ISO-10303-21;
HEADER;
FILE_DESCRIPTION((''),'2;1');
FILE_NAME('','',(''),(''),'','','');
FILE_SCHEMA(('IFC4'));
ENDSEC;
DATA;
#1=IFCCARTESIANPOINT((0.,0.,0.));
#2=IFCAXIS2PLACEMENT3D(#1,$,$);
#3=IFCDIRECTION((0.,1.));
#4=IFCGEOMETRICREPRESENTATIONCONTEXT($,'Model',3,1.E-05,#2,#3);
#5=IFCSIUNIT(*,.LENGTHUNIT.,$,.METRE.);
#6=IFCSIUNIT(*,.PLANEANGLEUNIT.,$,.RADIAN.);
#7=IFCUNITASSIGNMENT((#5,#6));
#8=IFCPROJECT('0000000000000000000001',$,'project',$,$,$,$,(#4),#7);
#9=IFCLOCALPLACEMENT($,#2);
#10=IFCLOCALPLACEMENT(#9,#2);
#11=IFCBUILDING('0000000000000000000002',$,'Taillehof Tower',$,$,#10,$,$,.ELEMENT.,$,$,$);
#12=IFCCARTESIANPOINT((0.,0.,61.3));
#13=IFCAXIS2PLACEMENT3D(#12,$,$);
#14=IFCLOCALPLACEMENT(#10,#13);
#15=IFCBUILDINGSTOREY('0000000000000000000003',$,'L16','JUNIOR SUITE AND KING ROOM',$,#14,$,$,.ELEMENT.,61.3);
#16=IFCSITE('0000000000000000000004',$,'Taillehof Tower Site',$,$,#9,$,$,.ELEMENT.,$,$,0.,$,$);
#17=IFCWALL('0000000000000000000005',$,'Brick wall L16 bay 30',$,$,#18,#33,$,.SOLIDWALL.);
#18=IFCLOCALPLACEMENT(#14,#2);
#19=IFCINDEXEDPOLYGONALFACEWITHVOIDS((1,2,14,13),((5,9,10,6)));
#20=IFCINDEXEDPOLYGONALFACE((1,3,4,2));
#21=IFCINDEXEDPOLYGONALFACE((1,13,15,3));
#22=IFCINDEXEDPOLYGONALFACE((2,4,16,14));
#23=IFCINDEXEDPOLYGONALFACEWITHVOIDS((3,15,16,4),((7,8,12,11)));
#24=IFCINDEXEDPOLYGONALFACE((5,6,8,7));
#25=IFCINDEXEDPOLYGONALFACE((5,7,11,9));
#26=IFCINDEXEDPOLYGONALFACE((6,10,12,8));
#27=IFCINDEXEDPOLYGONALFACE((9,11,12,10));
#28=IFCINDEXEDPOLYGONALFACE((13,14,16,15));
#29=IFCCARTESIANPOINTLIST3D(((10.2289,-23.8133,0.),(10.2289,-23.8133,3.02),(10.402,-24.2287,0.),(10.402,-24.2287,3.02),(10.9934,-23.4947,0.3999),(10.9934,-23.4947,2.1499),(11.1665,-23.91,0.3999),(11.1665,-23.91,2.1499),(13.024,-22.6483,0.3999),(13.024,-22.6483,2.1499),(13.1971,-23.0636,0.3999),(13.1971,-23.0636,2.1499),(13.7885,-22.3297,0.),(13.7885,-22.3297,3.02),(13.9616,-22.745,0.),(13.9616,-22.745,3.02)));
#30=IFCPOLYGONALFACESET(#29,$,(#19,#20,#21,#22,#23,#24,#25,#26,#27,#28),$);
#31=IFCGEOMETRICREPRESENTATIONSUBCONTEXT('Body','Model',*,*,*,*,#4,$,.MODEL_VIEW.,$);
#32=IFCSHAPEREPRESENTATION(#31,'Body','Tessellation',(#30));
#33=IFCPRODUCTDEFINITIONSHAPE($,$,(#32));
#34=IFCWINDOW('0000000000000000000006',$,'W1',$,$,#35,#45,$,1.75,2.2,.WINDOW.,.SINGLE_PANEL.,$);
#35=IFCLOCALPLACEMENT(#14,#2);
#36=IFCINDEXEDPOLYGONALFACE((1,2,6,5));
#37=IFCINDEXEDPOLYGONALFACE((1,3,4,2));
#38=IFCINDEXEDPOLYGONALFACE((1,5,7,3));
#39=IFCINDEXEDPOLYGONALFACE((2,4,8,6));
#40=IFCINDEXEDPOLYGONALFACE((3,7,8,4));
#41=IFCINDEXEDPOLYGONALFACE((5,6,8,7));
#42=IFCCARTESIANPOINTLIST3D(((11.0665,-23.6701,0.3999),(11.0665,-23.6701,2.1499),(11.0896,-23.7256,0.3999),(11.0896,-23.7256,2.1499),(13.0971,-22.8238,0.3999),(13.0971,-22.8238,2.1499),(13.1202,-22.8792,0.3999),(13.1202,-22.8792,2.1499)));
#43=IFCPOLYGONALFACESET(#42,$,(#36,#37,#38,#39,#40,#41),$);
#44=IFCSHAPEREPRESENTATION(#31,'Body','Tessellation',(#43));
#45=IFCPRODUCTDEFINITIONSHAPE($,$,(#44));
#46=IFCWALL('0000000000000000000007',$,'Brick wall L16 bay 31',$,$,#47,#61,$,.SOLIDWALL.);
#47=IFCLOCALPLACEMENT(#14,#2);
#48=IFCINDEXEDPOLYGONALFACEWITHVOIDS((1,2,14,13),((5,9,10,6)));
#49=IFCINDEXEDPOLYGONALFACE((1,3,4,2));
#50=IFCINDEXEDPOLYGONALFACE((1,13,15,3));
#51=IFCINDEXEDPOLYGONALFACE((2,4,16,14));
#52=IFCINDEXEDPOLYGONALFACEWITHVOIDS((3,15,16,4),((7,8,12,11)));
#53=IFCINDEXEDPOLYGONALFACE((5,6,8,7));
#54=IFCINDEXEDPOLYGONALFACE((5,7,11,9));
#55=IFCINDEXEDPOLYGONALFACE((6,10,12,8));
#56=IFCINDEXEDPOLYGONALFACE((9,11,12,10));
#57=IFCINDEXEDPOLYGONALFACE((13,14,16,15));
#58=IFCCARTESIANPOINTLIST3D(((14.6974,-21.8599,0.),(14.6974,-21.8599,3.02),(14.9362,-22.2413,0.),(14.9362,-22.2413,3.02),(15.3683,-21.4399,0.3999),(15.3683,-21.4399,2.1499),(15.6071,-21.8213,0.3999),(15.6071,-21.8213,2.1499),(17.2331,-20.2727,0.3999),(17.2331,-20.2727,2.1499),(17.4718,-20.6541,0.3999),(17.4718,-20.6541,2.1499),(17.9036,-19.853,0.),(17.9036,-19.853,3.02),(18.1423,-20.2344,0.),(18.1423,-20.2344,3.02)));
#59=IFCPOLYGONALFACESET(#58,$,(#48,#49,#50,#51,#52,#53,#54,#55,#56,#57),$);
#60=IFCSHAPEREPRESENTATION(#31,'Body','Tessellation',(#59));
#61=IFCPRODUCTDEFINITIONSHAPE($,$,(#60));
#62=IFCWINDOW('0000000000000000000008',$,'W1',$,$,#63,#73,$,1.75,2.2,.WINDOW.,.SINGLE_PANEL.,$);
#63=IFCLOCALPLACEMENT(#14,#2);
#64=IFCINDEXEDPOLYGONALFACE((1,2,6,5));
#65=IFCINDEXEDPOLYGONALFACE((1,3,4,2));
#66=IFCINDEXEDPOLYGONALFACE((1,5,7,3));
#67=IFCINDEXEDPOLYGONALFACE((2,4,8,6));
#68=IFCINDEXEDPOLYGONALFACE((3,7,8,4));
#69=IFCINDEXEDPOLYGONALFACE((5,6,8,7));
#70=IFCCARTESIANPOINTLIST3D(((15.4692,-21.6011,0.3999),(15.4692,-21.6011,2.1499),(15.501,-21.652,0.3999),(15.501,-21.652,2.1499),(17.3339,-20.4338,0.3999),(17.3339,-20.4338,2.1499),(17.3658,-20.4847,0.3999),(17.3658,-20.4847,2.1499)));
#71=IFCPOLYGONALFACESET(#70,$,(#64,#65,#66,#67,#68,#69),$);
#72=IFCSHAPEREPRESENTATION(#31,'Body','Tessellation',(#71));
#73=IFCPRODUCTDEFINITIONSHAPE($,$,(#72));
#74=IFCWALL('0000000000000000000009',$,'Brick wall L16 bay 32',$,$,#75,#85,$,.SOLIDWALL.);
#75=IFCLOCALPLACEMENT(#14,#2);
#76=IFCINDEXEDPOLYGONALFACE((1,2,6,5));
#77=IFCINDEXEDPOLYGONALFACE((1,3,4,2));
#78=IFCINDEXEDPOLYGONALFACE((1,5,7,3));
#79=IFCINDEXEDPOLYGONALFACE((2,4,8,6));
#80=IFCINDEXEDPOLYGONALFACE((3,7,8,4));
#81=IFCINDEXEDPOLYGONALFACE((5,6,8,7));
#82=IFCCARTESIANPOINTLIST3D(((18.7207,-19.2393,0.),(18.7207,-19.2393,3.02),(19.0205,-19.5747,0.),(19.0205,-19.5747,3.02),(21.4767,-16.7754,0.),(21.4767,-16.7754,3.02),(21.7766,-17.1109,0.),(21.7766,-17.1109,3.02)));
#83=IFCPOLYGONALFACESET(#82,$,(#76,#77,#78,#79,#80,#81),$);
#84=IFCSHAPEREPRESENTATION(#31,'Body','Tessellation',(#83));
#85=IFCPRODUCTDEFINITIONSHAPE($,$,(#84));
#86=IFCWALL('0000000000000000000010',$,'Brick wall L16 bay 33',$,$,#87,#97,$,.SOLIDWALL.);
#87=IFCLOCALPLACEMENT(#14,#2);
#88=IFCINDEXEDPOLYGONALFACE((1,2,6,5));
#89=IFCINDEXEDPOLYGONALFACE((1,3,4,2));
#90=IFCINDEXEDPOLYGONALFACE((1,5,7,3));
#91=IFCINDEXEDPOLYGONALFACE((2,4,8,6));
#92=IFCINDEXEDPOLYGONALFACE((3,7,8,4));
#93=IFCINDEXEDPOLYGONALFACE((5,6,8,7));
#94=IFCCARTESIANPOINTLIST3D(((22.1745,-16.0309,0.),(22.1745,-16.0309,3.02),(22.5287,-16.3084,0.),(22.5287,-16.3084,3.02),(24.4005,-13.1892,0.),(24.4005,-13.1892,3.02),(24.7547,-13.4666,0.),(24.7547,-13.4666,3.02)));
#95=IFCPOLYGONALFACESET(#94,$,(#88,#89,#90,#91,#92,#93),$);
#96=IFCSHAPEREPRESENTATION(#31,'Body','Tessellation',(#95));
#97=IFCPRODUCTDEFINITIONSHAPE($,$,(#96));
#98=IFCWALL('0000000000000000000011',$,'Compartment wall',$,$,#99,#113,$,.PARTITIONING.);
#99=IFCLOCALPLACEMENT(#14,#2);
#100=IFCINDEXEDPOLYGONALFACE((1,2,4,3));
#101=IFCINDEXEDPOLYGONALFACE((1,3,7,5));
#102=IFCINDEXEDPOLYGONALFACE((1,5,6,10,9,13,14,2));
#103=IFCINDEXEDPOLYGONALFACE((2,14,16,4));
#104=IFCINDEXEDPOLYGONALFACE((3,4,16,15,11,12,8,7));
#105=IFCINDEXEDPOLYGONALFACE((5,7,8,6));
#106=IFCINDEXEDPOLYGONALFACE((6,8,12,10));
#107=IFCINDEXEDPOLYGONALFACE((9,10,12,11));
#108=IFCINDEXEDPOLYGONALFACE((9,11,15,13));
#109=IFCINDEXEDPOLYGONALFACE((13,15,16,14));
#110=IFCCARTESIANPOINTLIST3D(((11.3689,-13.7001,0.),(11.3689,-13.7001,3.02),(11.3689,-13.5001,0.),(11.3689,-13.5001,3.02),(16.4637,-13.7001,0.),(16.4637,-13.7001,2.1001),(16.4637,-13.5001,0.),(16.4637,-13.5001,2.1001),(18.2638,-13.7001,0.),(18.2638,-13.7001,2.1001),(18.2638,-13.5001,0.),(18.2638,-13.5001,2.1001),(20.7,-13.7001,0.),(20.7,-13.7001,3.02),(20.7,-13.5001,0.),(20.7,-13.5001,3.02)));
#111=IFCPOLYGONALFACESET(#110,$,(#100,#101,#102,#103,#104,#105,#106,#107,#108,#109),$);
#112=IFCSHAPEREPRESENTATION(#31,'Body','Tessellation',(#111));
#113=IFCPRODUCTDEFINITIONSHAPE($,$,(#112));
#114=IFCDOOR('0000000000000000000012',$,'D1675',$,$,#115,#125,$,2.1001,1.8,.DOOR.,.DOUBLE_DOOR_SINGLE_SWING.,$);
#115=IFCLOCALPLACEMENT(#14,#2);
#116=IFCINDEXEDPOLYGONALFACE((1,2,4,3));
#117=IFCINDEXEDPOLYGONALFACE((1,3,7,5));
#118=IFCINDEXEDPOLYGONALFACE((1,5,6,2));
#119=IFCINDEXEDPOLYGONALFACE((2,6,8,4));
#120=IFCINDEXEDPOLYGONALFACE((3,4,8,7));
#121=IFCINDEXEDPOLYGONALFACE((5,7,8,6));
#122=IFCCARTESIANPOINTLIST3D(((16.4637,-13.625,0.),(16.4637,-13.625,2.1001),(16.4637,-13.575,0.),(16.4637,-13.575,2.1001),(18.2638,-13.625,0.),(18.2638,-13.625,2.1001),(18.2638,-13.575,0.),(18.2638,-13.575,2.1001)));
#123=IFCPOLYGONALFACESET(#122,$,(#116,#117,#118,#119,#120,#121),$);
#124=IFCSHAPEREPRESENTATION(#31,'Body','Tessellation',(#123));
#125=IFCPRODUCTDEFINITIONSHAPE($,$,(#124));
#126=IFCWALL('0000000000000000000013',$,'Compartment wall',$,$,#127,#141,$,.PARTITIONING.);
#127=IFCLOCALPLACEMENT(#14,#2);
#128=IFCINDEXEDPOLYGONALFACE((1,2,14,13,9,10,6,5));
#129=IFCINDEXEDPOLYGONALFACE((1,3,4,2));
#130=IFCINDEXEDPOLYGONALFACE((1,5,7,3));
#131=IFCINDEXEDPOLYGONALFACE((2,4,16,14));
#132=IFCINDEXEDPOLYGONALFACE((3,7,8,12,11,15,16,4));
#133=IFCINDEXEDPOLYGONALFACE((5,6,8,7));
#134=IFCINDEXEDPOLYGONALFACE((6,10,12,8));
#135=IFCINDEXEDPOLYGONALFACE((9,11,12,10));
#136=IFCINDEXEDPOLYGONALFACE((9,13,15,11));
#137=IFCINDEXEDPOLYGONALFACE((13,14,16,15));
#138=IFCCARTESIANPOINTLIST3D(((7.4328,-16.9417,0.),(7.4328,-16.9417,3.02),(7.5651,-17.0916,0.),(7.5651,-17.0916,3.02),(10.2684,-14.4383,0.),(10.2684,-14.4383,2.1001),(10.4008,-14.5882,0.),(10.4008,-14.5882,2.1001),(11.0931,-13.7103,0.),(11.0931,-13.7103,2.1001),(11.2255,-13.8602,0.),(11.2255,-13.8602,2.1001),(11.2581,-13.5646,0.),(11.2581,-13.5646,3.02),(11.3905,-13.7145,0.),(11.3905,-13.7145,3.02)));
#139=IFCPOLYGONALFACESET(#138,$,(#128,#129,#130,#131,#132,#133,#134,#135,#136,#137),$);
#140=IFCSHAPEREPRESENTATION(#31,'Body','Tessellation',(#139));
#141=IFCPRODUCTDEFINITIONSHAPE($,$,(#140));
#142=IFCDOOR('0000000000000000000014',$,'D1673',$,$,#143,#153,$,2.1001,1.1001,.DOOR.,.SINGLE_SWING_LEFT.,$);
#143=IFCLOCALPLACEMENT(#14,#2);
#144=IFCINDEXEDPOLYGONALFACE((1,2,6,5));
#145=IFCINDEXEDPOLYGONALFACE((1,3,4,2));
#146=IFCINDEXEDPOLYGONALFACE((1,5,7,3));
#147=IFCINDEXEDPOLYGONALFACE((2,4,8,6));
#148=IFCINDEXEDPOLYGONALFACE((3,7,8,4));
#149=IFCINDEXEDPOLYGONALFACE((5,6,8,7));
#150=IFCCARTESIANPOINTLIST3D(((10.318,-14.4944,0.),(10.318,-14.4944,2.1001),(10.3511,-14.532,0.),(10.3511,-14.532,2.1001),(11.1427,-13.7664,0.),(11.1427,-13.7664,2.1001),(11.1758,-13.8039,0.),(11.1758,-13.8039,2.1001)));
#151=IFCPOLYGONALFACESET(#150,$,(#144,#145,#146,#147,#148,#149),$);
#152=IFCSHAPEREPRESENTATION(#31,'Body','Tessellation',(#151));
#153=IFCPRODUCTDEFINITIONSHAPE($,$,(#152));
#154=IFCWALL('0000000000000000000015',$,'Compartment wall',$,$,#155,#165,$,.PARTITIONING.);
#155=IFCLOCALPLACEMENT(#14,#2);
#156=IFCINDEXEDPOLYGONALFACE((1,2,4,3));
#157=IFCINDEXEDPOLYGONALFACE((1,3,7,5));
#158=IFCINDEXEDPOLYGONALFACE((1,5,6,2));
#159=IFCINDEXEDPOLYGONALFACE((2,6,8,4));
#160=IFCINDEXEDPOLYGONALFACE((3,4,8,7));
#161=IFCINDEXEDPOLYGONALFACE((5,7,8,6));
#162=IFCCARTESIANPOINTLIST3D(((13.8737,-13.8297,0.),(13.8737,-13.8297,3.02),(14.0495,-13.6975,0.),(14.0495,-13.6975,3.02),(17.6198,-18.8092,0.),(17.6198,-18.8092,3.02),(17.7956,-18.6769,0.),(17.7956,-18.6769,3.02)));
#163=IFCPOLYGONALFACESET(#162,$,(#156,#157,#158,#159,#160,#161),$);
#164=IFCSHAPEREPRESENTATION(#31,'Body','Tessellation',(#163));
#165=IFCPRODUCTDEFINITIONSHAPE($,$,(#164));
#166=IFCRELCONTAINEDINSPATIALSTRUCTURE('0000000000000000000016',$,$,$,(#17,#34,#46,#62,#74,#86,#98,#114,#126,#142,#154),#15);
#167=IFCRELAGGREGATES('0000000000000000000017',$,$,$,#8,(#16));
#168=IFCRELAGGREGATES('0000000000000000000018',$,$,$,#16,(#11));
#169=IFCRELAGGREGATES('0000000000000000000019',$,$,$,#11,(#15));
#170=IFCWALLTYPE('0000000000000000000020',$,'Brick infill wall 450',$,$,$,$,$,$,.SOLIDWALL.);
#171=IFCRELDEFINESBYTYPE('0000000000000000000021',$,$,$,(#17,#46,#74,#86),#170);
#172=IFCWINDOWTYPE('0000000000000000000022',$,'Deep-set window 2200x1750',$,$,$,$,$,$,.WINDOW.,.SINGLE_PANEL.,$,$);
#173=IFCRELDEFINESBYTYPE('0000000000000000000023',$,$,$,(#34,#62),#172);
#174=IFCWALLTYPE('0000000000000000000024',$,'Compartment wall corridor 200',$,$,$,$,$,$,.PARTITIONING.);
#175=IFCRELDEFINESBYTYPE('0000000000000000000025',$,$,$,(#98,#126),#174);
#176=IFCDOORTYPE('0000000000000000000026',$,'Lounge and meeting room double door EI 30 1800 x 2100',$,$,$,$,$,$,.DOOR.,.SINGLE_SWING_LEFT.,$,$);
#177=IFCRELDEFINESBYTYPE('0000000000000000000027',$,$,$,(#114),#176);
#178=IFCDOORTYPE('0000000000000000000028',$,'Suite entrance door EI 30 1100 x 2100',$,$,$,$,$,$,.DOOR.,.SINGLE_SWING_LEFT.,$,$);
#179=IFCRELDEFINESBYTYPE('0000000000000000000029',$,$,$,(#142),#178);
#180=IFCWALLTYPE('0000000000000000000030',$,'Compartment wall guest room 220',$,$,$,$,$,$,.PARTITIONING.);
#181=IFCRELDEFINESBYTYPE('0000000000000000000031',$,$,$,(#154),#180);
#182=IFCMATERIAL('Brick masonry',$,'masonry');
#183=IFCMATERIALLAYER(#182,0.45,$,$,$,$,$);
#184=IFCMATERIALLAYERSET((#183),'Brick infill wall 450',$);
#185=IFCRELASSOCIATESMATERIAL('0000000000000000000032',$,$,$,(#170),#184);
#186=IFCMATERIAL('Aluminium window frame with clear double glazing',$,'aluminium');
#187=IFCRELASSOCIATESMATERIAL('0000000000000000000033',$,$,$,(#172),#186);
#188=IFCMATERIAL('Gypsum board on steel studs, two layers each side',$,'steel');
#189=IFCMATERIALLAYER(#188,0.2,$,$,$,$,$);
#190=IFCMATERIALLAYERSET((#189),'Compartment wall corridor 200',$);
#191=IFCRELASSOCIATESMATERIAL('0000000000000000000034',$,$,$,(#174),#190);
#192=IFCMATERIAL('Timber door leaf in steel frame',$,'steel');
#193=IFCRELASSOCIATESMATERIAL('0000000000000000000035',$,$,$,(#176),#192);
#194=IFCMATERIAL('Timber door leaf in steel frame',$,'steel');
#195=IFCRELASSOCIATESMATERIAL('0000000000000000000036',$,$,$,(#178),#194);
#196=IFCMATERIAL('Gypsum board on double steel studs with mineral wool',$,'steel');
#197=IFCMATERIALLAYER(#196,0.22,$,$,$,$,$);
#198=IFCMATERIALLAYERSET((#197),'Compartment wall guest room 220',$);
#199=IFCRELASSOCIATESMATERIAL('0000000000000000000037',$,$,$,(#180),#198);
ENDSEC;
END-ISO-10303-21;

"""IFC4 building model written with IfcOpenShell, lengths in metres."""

from ifc_helpers import new_model, si_unit, direction, frame, frame_2d, origin, place, context, subcontext, project, spatial, rectangle, extrude, material, layer, layer_set, type_object, element, fill, save


model = new_model("IFC4")

# Units and contexts
model_context = context("Model", 3, precision=1e-05, world=origin(), true_north=direction((0.0, 1.0)))
body_context = subcontext(model_context, "Body", "Model", "MODEL_VIEW")
ifc_project = project(units=[si_unit("LENGTHUNIT", "METRE"), si_unit("PLANEANGLEUNIT", "RADIAN")], contexts=[model_context])

# Site, building, storey
site_placement = place(None, origin())
site = spatial("IfcSite", under=ifc_project, at=site_placement, Name="Taillehof Tower Site", CompositionType="ELEMENT", RefElevation=0.0)
building_placement = place(site_placement, origin())
building = spatial("IfcBuilding", under=site, at=building_placement, Name="Taillehof Tower", CompositionType="ELEMENT")
storey_placement = place(building_placement, frame((0.0, 0.0, 61.3)))
storey = spatial("IfcBuildingStorey", under=building, at=storey_placement, Name="L16", Description="JUNIOR SUITE AND KING ROOM", CompositionType="ELEMENT", Elevation=61.3)

# Walls, openings, windows
ifc_material_1 = material(Name="Brick masonry", Category="masonry")
ifc_layer_1 = layer(ifc_material_1, 0.45)
ifc_layer_set_1 = layer_set([ifc_layer_1], Name="Brick infill wall 450")
wall_type_1 = type_object("IfcWallType", Name="Brick infill wall 450", PredefinedType="SOLIDWALL", material=ifc_layer_set_1)
wall_1_placement = place(storey_placement, frame((10.3154, -24.021, 0.0), z_axis=(0.0, 0.0, 1.0), x_axis=(0.923032, 0.384723, 0.0)))
wall_1 = element("IfcWall", 1, at=wall_1_placement, inside=storey, type_object=wall_type_1, Name="Brick wall L16 bay 30", PredefinedType="SOLIDWALL", context=body_context, shape_type="SweptSolid", body=[
    extrude(rectangle(XDim=3.8564, YDim=0.45, at=frame_2d((1.9282, 0.0))), origin(), (0.0, 0.0, 1.0), 3.02),
])
opening_1_placement = place(wall_1_placement, frame((0.8281, 0.0, 0.3999)))
opening_1 = element("IfcOpeningElement", 2, at=opening_1_placement, cuts=wall_1, PredefinedType="OPENING", context=body_context, shape_type="SweptSolid", body=[
    extrude(rectangle(XDim=2.2, YDim=1.75, at=frame_2d((1.1001, 0.875))), frame((0.0, 0.2349, 0.0), z_axis=(0.0, -1.0, 0.0), x_axis=(1.0, 0.0, 0.0)), (0.0, 0.0, 1.0), 0.47),
])
ifc_material_2 = material(Name="Aluminium window frame with clear double glazing", Category="aluminium")
window_type = type_object("IfcWindowType", Name="Deep-set window 2200x1750", PartitioningType="SINGLE_PANEL", PredefinedType="WINDOW", material=ifc_material_2)
window_1_placement = place(opening_1_placement, origin())
window_1 = element("IfcWindow", 3, at=window_1_placement, inside=storey, type_object=window_type, Name="W1", OverallHeight=1.75, OverallWidth=2.2, PartitioningType="SINGLE_PANEL", PredefinedType="WINDOW", context=body_context, shape_type="SweptSolid", body=[
    extrude(rectangle(XDim=2.2, YDim=1.75, at=frame_2d((1.1001, 0.875))), frame((0.0, 0.0349, 0.0), z_axis=(0.0, -1.0, 0.0), x_axis=(1.0, 0.0, 0.0)), (0.0, 0.0, 1.0), 0.0601),
])
fill(opening_1, window_1)
wall_2_placement = place(storey_placement, frame((14.8169, -22.0505, 0.0), z_axis=(0.0, 0.0, 1.0), x_axis=(0.847635, 0.530579, 0.0)))
wall_2 = element("IfcWall", 4, at=wall_2_placement, inside=storey, type_object=wall_type_1, Name="Brick wall L16 bay 31", PredefinedType="SOLIDWALL", context=body_context, shape_type="SweptSolid", body=[
    extrude(rectangle(XDim=3.7825, YDim=0.45, at=frame_2d((1.8911, 0.0))), origin(), (0.0, 0.0, 1.0), 3.02),
])
opening_2_placement = place(wall_2_placement, frame((0.7913, 0.0, 0.3999)))
opening_2 = element("IfcOpeningElement", 5, at=opening_2_placement, cuts=wall_2, PredefinedType="OPENING", context=body_context, shape_type="SweptSolid", body=[
    extrude(rectangle(XDim=2.2, YDim=1.75, at=frame_2d((1.1001, 0.875))), frame((0.0, 0.2349, 0.0), z_axis=(0.0, -1.0, 0.0), x_axis=(1.0, 0.0, 0.0)), (0.0, 0.0, 1.0), 0.47),
])
window_2_placement = place(opening_2_placement, origin())
window_2 = element("IfcWindow", 6, at=window_2_placement, inside=storey, type_object=window_type, Name="W1", OverallHeight=1.75, OverallWidth=2.2, PartitioningType="SINGLE_PANEL", PredefinedType="WINDOW", context=body_context, shape_type="SweptSolid", body=[
    extrude(rectangle(XDim=2.2, YDim=1.75, at=frame_2d((1.1001, 0.875))), frame((0.0, 0.0349, 0.0), z_axis=(0.0, -1.0, 0.0), x_axis=(1.0, 0.0, 0.0)), (0.0, 0.0, 1.0), 0.0601),
])
fill(opening_2, window_2)

# Walls
wall_3_placement = place(storey_placement, frame((18.8706, -19.407, 0.0), z_axis=(0.0, 0.0, 1.0), x_axis=(0.745526, 0.666476, 0.0)))
element("IfcWall", 7, at=wall_3_placement, inside=storey, type_object=wall_type_1, Name="Brick wall L16 bay 32", PredefinedType="SOLIDWALL", context=body_context, shape_type="SweptSolid", body=[
    extrude(rectangle(XDim=3.6968, YDim=0.45, at=frame_2d((1.8484, 0.0))), origin(), (0.0, 0.0, 1.0), 3.02),
])
wall_4_placement = place(storey_placement, frame((22.3516, -16.1697, 0.0), z_axis=(0.0, 0.0, 1.0), x_axis=(0.616662, 0.787228, 0.0)))
element("IfcWall", 8, at=wall_4_placement, inside=storey, type_object=wall_type_1, Name="Brick wall L16 bay 33", PredefinedType="SOLIDWALL", context=body_context, shape_type="SweptSolid", body=[
    extrude(rectangle(XDim=3.6099, YDim=0.45, at=frame_2d((1.8049, 0.0))), origin(), (0.0, 0.0, 1.0), 3.02),
])

# Walls, openings, doors
ifc_material_3 = material(Name="Gypsum board on steel studs, two layers each side", Category="steel")
ifc_layer_2 = layer(ifc_material_3, 0.2)
ifc_layer_set_2 = layer_set([ifc_layer_2], Name="Compartment wall corridor 200")
wall_type_2 = type_object("IfcWallType", Name="Compartment wall corridor 200", PredefinedType="PARTITIONING", material=ifc_layer_set_2)
wall_5_placement = place(storey_placement, frame((20.7, -13.6001, 0.0), z_axis=(0.0, 0.0, 1.0), x_axis=(-1.0, 0.0, 0.0)))
wall_5 = element("IfcWall", 9, at=wall_5_placement, inside=storey, type_object=wall_type_2, Name="Compartment wall", PredefinedType="PARTITIONING", context=body_context, shape_type="SweptSolid", body=[
    extrude(rectangle(XDim=9.3311, YDim=0.2, at=frame_2d((4.6655, 0.0))), origin(), (0.0, 0.0, 1.0), 3.02),
])
opening_3_placement = place(wall_5_placement, frame((2.4363, 0.0, 0.0)))
opening_3 = element("IfcOpeningElement", 10, at=opening_3_placement, cuts=wall_5, PredefinedType="OPENING", context=body_context, shape_type="SweptSolid", body=[
    extrude(rectangle(XDim=1.8, YDim=2.1001, at=frame_2d((0.8999, 1.05))), frame((0.0, 0.1099, 0.0), z_axis=(0.0, -1.0, 0.0), x_axis=(1.0, 0.0, 0.0)), (0.0, 0.0, 1.0), 0.22),
])
ifc_material_4 = material(Name="Timber door leaf in steel frame", Category="steel")
door_type_1 = type_object("IfcDoorType", Name="Lounge and meeting room double door EI 30 1800 x 2100", OperationType="SINGLE_SWING_LEFT", PredefinedType="DOOR", material=ifc_material_4)
door_1_placement = place(opening_3_placement, origin())
door_1 = element("IfcDoor", 11, at=door_1_placement, inside=storey, type_object=door_type_1, Name="D1675", OperationType="DOUBLE_DOOR_SINGLE_SWING", OverallHeight=2.1001, OverallWidth=1.8, PredefinedType="DOOR", context=body_context, shape_type="SweptSolid", body=[
    extrude(rectangle(XDim=1.8, YDim=2.1001, at=frame_2d((0.8999, 1.05))), frame((0.0, 0.0249, 0.0), z_axis=(0.0, -1.0, 0.0), x_axis=(1.0, 0.0, 0.0)), (0.0, 0.0, 1.0), 0.05),
])
fill(opening_3, door_1)
wall_6_placement = place(storey_placement, frame((11.3242, -13.6396, 0.0), z_axis=(0.0, 0.0, 1.0), x_axis=(-0.749662, -0.661821, 0.0)))
wall_6 = element("IfcWall", 12, at=wall_6_placement, inside=storey, type_object=wall_type_2, Name="Compartment wall", PredefinedType="PARTITIONING", context=body_context, shape_type="SweptSolid", body=[
    extrude(rectangle(XDim=5.1028, YDim=0.2, at=frame_2d((2.5513, 0.0))), origin(), (0.0, 0.0, 1.0), 3.02),
])
opening_4_placement = place(wall_6_placement, frame((0.22, 0.0, 0.0)))
opening_4 = element("IfcOpeningElement", 13, at=opening_4_placement, cuts=wall_6, PredefinedType="OPENING", context=body_context, shape_type="SweptSolid", body=[
    extrude(rectangle(XDim=1.1001, YDim=2.1001, at=frame_2d((0.55, 1.05))), frame((0.0, 0.1099, 0.0), z_axis=(0.0, -1.0, 0.0), x_axis=(1.0, 0.0, 0.0)), (0.0, 0.0, 1.0), 0.22),
])
ifc_material_5 = material(Name="Timber door leaf in steel frame", Category="steel")
door_type_2 = type_object("IfcDoorType", Name="Suite entrance door EI 30 1100 x 2100", OperationType="SINGLE_SWING_LEFT", PredefinedType="DOOR", material=ifc_material_5)
door_2_placement = place(opening_4_placement, origin())
door_2 = element("IfcDoor", 14, at=door_2_placement, inside=storey, type_object=door_type_2, Name="D1673", OperationType="SINGLE_SWING_LEFT", OverallHeight=2.1001, OverallWidth=1.1001, PredefinedType="DOOR", context=body_context, shape_type="SweptSolid", body=[
    extrude(rectangle(XDim=1.1001, YDim=2.1001, at=frame_2d((0.55, 1.05))), frame((0.0, 0.0249, 0.0), z_axis=(0.0, -1.0, 0.0), x_axis=(1.0, 0.0, 0.0)), (0.0, 0.0, 1.0), 0.05),
])
fill(opening_4, door_2)

# Wall
ifc_material_6 = material(Name="Gypsum board on double steel studs with mineral wool", Category="steel")
ifc_layer_3 = layer(ifc_material_6, 0.22)
ifc_layer_set_3 = layer_set([ifc_layer_3], Name="Compartment wall guest room 220")
wall_type_3 = type_object("IfcWallType", Name="Compartment wall guest room 220", PredefinedType="PARTITIONING", material=ifc_layer_set_3)
wall_7_placement = place(storey_placement, frame((17.7078, -18.7432, 0.0), z_axis=(0.0, 0.0, 1.0), x_axis=(-0.601178, 0.799115, 0.0)))
element("IfcWall", 15, at=wall_7_placement, inside=storey, type_object=wall_type_3, Name="Compartment wall", PredefinedType="PARTITIONING", context=body_context, shape_type="SweptSolid", body=[
    extrude(rectangle(XDim=6.2312, YDim=0.22, at=frame_2d((3.1157, 0.0))), origin(), (0.0, 0.0, 1.0), 3.02),
])

save(model, "model.ifc")
